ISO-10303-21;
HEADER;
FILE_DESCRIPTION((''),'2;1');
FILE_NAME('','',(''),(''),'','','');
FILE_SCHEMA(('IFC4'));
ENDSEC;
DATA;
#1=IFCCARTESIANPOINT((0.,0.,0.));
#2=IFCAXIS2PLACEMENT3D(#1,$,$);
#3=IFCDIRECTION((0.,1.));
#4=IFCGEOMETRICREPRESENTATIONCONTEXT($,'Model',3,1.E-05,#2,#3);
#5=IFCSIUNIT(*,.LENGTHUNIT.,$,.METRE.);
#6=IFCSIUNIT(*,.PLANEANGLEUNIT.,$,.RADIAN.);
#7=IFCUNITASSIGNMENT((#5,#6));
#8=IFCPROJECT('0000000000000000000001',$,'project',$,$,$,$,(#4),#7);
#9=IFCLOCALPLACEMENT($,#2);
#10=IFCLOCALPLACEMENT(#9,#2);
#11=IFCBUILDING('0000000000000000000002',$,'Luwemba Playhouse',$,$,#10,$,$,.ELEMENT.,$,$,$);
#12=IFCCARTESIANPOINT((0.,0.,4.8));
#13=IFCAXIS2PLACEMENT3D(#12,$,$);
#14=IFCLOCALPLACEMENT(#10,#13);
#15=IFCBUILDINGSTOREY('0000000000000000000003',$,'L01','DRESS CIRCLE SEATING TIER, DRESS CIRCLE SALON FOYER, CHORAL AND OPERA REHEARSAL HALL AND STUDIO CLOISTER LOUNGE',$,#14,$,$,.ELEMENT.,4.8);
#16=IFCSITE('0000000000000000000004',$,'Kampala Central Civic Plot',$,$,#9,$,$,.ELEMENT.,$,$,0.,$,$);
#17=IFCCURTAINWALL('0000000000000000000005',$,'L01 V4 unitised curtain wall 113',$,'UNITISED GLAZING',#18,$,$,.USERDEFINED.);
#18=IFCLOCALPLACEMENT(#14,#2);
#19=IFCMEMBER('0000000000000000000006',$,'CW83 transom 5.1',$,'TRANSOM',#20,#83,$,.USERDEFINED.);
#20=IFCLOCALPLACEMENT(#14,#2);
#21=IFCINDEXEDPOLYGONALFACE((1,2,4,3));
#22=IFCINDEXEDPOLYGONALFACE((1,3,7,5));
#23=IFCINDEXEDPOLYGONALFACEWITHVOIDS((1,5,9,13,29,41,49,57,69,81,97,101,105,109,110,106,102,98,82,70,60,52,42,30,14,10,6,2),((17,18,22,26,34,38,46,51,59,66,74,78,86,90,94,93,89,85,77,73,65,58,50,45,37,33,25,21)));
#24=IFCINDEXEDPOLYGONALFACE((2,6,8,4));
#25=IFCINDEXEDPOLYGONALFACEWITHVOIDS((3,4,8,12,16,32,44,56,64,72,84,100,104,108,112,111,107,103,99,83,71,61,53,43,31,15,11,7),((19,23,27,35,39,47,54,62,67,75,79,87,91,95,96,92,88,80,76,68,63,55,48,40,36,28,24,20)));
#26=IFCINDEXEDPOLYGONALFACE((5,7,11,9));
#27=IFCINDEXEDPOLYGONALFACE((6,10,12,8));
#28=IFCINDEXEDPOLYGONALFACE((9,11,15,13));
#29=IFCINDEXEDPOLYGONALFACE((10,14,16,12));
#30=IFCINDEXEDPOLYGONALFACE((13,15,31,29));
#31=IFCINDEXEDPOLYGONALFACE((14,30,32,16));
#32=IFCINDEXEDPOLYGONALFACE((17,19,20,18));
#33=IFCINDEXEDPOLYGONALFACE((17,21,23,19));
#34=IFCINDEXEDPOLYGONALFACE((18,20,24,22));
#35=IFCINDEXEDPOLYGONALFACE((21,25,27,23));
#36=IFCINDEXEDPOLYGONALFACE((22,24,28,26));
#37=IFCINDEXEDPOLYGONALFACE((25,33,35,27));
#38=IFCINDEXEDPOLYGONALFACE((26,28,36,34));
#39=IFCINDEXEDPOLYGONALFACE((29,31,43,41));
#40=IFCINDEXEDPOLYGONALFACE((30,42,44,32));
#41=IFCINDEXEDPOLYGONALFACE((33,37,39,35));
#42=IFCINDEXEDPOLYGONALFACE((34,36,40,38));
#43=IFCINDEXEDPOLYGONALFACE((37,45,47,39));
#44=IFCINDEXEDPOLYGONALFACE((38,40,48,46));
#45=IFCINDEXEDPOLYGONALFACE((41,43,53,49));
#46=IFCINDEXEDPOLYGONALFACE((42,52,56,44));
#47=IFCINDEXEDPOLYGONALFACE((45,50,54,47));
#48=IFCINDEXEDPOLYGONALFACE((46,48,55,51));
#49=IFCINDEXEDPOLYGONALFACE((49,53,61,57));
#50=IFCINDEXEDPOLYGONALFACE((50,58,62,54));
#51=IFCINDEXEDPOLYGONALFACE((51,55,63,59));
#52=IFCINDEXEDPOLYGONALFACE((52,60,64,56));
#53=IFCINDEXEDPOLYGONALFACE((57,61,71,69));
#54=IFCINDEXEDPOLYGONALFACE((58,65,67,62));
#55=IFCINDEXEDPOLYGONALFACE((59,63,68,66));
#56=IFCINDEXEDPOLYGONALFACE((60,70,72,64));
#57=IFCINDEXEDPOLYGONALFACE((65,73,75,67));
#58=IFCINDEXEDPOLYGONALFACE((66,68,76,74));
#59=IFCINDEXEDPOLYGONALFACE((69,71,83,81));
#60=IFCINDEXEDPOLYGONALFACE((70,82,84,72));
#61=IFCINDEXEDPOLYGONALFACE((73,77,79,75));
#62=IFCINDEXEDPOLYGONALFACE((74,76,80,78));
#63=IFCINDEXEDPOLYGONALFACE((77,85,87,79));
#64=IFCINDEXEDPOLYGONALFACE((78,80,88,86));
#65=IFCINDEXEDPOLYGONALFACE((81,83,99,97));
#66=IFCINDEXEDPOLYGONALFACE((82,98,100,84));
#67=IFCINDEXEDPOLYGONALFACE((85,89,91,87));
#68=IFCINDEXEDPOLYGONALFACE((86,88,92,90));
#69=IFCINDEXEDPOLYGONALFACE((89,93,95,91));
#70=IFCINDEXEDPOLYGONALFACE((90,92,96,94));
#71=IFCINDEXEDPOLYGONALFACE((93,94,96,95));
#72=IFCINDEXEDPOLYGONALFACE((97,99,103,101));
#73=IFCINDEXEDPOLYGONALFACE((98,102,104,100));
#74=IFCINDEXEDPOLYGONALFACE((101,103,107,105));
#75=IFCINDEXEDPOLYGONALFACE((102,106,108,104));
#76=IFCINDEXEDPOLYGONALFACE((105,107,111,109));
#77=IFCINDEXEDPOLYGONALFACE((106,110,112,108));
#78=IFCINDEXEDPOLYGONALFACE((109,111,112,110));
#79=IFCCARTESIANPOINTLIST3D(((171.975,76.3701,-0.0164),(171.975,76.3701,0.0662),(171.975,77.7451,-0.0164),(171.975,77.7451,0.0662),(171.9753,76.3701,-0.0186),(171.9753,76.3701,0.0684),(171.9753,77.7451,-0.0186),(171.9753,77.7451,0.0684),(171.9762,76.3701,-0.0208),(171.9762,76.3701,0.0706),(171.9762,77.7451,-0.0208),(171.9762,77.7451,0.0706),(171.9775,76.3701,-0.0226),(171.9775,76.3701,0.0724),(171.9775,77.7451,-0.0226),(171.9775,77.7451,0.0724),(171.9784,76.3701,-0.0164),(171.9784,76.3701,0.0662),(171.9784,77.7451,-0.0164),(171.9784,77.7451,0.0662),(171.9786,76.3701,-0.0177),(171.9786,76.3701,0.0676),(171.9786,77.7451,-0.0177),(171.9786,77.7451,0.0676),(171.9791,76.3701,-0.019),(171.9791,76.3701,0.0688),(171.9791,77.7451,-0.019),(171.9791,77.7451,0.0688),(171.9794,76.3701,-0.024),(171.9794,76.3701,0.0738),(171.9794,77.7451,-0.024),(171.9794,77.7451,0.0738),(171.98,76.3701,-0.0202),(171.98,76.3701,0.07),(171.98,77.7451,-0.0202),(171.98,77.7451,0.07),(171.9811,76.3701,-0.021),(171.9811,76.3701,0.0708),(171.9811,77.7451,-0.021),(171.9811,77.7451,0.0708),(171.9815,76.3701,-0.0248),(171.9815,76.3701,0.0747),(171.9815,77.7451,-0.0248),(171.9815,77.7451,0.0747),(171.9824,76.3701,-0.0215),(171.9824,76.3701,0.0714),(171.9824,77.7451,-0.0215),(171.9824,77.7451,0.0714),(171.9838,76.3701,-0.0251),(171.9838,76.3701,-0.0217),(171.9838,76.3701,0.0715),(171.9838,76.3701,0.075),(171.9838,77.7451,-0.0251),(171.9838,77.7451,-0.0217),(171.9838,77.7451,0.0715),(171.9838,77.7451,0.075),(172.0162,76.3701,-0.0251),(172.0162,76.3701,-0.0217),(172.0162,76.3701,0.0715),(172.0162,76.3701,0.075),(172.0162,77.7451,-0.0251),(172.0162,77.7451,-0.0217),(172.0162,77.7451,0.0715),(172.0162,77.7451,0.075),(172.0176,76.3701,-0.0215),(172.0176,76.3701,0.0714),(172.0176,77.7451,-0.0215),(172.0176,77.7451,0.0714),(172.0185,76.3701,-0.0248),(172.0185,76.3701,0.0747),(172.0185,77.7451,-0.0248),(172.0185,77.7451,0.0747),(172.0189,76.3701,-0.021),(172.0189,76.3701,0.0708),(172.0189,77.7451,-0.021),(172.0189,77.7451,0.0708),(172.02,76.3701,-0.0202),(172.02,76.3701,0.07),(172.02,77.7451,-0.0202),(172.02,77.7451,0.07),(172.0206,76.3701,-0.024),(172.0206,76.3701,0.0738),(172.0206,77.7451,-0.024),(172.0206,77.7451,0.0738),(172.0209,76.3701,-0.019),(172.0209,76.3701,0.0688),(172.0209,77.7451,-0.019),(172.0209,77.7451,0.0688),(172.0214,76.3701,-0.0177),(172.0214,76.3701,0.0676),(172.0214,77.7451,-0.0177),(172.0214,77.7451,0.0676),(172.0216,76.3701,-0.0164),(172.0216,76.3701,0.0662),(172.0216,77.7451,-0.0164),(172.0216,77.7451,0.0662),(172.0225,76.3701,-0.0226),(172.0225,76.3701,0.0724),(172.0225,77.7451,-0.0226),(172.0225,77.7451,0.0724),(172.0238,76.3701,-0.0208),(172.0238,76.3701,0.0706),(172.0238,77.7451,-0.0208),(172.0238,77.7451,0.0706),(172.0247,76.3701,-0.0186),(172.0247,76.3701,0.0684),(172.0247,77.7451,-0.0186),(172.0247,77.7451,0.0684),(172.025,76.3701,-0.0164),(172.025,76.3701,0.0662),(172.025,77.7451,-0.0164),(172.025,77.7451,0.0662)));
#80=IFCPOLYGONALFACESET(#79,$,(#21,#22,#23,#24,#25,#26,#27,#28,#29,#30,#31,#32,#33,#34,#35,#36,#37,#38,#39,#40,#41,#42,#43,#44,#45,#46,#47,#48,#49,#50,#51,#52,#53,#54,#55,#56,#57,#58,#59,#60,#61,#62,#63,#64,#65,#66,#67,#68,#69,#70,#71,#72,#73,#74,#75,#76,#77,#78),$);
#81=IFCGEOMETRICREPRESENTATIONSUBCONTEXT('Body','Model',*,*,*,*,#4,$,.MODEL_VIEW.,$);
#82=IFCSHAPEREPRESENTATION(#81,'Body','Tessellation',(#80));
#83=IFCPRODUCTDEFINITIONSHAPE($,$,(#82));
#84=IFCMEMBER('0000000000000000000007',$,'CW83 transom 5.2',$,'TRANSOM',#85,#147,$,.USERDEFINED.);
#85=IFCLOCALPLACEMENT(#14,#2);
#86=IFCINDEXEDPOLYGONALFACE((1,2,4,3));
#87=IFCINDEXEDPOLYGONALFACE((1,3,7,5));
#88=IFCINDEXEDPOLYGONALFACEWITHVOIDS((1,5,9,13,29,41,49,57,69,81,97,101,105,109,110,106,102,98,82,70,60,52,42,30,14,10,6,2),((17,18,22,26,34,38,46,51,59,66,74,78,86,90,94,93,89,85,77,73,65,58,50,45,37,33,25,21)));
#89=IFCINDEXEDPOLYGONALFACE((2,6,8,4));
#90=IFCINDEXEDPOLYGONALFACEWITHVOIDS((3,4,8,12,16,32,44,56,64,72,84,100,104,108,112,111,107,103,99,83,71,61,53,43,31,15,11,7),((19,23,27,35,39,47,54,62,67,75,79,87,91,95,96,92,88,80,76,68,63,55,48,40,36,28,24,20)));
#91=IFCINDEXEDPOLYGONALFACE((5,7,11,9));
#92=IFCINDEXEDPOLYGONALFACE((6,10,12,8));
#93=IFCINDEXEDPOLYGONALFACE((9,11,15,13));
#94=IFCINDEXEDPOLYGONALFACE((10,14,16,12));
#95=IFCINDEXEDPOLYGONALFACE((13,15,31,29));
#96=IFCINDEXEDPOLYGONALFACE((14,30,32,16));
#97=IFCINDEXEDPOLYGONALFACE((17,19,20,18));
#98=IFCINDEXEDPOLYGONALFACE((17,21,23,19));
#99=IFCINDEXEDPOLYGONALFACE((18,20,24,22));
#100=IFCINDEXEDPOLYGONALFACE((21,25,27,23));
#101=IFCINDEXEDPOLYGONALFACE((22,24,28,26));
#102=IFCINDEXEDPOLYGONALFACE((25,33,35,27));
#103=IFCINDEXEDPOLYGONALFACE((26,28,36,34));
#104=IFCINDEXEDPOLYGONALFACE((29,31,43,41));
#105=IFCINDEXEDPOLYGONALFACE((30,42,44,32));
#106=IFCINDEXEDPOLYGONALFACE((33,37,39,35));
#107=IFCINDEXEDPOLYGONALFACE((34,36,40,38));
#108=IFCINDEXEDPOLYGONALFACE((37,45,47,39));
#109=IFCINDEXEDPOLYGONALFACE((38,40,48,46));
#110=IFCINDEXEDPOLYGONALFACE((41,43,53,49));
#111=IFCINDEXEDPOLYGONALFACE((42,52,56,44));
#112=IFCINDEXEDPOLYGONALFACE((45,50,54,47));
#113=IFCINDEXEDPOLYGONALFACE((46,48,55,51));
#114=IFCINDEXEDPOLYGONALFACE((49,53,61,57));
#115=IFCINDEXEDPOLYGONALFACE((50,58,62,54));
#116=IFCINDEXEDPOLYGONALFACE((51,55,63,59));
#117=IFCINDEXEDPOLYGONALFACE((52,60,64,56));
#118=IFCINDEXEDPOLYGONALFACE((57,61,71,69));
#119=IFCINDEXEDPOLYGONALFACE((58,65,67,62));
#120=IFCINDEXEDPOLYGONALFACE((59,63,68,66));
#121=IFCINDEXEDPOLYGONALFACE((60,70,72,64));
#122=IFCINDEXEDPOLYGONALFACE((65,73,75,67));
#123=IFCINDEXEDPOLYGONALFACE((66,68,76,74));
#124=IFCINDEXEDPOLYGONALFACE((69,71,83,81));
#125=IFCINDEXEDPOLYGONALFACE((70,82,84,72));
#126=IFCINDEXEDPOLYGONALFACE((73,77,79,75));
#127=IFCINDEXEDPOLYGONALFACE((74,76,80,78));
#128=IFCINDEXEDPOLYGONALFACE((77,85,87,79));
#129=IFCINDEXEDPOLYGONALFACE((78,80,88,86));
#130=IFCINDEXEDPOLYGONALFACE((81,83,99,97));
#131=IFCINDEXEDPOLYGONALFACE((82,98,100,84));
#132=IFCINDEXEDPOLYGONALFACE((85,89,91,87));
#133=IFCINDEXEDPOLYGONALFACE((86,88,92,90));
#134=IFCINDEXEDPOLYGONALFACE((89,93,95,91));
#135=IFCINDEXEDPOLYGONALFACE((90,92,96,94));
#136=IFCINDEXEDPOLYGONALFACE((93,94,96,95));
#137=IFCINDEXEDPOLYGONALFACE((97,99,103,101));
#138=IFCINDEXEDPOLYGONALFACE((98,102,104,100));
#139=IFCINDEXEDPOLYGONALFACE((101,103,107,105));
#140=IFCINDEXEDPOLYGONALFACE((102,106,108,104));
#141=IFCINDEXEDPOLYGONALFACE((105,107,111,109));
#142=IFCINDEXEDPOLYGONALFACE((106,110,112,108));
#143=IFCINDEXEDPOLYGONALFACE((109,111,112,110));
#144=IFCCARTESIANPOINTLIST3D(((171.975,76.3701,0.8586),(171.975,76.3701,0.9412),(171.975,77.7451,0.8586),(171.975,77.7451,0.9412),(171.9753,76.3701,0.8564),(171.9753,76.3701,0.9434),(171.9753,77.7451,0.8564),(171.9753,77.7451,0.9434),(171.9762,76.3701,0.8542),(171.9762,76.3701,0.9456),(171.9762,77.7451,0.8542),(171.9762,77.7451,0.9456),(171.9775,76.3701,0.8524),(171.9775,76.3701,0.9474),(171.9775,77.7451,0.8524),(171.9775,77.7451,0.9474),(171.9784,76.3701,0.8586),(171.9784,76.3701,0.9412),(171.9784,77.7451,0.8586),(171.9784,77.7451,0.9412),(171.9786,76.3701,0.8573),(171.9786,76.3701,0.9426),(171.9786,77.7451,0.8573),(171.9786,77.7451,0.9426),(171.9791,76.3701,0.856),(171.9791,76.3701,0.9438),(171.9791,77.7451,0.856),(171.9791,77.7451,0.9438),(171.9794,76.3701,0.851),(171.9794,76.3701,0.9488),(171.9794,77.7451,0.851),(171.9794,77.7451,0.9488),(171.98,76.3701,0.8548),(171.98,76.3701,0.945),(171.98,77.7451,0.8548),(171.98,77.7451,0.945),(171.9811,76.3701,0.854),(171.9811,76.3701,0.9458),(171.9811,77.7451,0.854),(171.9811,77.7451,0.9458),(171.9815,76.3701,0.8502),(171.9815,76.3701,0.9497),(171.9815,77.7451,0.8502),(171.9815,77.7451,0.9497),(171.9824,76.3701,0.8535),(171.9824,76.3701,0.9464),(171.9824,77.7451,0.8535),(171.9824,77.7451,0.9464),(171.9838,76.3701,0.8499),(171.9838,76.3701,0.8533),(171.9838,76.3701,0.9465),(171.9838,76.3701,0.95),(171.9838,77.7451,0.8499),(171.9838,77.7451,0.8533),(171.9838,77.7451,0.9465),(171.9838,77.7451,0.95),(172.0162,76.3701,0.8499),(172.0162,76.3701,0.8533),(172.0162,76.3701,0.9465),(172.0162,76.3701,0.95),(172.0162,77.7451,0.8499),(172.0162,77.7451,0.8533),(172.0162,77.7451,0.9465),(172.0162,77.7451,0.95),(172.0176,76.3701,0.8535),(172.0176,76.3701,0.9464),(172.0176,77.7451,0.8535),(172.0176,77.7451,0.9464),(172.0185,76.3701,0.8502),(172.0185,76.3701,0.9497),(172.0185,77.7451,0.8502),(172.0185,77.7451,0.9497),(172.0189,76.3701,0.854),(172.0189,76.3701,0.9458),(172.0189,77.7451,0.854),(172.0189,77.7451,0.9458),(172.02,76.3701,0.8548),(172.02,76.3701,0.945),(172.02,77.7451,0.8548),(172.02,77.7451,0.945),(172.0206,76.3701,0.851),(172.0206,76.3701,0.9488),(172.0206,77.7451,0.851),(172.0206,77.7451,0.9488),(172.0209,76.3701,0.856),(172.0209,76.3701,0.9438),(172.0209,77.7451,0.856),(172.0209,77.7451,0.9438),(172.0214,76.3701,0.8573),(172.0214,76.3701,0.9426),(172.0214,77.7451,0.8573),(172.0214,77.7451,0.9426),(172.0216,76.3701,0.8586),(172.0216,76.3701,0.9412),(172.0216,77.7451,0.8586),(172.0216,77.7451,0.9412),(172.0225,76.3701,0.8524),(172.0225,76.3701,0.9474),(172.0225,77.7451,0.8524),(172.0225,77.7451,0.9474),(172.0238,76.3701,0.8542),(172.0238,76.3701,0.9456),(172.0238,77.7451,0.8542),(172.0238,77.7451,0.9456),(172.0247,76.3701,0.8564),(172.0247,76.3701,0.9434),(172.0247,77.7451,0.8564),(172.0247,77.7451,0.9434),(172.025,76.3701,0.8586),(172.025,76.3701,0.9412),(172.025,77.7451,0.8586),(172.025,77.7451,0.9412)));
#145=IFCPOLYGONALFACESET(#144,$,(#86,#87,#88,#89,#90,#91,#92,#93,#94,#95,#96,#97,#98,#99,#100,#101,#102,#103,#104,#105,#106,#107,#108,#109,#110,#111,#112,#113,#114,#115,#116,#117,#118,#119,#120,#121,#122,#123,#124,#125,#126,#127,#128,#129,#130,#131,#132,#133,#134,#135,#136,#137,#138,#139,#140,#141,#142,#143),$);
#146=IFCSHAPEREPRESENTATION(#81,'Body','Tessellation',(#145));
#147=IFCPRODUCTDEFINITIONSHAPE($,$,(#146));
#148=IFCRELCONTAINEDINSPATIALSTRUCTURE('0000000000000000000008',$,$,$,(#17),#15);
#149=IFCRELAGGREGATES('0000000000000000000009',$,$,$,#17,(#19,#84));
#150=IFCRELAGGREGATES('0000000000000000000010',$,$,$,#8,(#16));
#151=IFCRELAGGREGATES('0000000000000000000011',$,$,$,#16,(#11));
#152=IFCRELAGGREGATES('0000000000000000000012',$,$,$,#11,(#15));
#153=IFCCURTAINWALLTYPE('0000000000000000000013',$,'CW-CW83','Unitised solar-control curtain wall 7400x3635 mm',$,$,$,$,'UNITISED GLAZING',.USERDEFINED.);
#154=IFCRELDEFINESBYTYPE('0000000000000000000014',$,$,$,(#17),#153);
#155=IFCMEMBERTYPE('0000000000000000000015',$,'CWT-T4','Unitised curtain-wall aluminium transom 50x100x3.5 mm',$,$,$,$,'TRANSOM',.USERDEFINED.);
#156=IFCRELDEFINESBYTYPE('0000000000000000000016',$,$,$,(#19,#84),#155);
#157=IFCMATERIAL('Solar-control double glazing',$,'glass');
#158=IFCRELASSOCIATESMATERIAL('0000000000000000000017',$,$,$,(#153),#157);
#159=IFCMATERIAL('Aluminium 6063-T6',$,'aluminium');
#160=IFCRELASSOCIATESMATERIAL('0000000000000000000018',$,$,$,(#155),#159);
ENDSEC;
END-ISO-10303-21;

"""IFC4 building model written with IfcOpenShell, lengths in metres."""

from ifc_helpers import new_model, si_unit, direction, frame, origin, origin_2d, place, context, subcontext, project, spatial, hollow_rectangle, extrude, material, material_profile, profile_set, type_object, element, aggregate, save


model = new_model("IFC4")

# Units and contexts
model_context = context("Model", 3, precision=1e-05, world=origin(), true_north=direction((0.0, 1.0)))
body_context = subcontext(model_context, "Body", "Model", "MODEL_VIEW")
ifc_project = project(units=[si_unit("LENGTHUNIT", "METRE"), si_unit("PLANEANGLEUNIT", "RADIAN")], contexts=[model_context])

# Site, building, storey
site_placement = place(None, origin())
site = spatial("IfcSite", under=ifc_project, at=site_placement, Name="Kampala Central Civic Plot", CompositionType="ELEMENT", RefElevation=0.0)
building_placement = place(site_placement, origin())
building = spatial("IfcBuilding", under=site, at=building_placement, Name="Luwemba Playhouse", CompositionType="ELEMENT")
storey_placement = place(building_placement, frame((0.0, 0.0, 4.8)))
storey = spatial("IfcBuildingStorey", under=building, at=storey_placement, Name="L01", Description="DRESS CIRCLE SEATING TIER, DRESS CIRCLE SALON FOYER, CHORAL AND OPERA REHEARSAL HALL AND STUDIO CLOISTER LOUNGE", CompositionType="ELEMENT", Elevation=4.8)

# Curtain wall, members
ifc_material_1 = material(Name="Solar-control double glazing", Category="glass")
curtain_wall_type = type_object("IfcCurtainWallType", Name="CW-CW83", Description="Unitised solar-control curtain wall 7400x3635 mm", ElementType="UNITISED GLAZING", PredefinedType="USERDEFINED", material=ifc_material_1)
curtain_wall_placement = place(storey_placement, origin())
curtain_wall = element("IfcCurtainWall", 1, at=curtain_wall_placement, inside=storey, type_object=curtain_wall_type, Name="L01 V4 unitised curtain wall 113", ObjectType="UNITISED GLAZING", PredefinedType="USERDEFINED")
ifc_material_2 = material(Name="Aluminium 6063-T6", Category="aluminium")
ifc_material_profile_1 = material_profile(ifc_material_2, hollow_rectangle(XDim=0.05, YDim=0.1001, WallThickness=0.0034, InnerFilletRadius=0.0054, OuterFilletRadius=0.0088, at=origin_2d()))
ifc_profile_set_1 = profile_set([ifc_material_profile_1], Name="Aluminium 6063-T6")
member_type_1 = type_object("IfcMemberType", Name="CWT-T4", Description="Unitised curtain-wall aluminium transom 50x100x3.5 mm", ElementType="TRANSOM", PredefinedType="USERDEFINED", material=ifc_profile_set_1)
member_1_placement = place(storey_placement, frame((172.0, 77.7451, 0.0249), z_axis=(0.0, -1.0, 0.0), x_axis=(1.0, 0.0, 0.0)))
member_1 = element("IfcMember", 2, at=member_1_placement, type_object=member_type_1, Name="CW83 transom 5.1", ObjectType="TRANSOM", PredefinedType="USERDEFINED", context=body_context, shape_type="SweptSolid", body=[
    extrude(hollow_rectangle(XDim=0.05, YDim=0.1001, WallThickness=0.0034, InnerFilletRadius=0.0054, OuterFilletRadius=0.0088, at=origin_2d()), origin(), (0.0, 0.0, 1.0), 1.375),
])
member_2_placement = place(storey_placement, frame((172.0, 77.7451, 0.8999), z_axis=(0.0, -1.0, 0.0), x_axis=(1.0, 0.0, 0.0)))
member_2 = element("IfcMember", 3, at=member_2_placement, type_object=member_type_1, Name="CW83 transom 5.2", ObjectType="TRANSOM", PredefinedType="USERDEFINED", context=body_context, shape_type="SweptSolid", body=[
    extrude(hollow_rectangle(XDim=0.05, YDim=0.1001, WallThickness=0.0034, InnerFilletRadius=0.0054, OuterFilletRadius=0.0088, at=origin_2d()), origin(), (0.0, 0.0, 1.0), 1.375),
])
aggregate(curtain_wall, [member_1, member_2])

save(model, "model.ifc")
